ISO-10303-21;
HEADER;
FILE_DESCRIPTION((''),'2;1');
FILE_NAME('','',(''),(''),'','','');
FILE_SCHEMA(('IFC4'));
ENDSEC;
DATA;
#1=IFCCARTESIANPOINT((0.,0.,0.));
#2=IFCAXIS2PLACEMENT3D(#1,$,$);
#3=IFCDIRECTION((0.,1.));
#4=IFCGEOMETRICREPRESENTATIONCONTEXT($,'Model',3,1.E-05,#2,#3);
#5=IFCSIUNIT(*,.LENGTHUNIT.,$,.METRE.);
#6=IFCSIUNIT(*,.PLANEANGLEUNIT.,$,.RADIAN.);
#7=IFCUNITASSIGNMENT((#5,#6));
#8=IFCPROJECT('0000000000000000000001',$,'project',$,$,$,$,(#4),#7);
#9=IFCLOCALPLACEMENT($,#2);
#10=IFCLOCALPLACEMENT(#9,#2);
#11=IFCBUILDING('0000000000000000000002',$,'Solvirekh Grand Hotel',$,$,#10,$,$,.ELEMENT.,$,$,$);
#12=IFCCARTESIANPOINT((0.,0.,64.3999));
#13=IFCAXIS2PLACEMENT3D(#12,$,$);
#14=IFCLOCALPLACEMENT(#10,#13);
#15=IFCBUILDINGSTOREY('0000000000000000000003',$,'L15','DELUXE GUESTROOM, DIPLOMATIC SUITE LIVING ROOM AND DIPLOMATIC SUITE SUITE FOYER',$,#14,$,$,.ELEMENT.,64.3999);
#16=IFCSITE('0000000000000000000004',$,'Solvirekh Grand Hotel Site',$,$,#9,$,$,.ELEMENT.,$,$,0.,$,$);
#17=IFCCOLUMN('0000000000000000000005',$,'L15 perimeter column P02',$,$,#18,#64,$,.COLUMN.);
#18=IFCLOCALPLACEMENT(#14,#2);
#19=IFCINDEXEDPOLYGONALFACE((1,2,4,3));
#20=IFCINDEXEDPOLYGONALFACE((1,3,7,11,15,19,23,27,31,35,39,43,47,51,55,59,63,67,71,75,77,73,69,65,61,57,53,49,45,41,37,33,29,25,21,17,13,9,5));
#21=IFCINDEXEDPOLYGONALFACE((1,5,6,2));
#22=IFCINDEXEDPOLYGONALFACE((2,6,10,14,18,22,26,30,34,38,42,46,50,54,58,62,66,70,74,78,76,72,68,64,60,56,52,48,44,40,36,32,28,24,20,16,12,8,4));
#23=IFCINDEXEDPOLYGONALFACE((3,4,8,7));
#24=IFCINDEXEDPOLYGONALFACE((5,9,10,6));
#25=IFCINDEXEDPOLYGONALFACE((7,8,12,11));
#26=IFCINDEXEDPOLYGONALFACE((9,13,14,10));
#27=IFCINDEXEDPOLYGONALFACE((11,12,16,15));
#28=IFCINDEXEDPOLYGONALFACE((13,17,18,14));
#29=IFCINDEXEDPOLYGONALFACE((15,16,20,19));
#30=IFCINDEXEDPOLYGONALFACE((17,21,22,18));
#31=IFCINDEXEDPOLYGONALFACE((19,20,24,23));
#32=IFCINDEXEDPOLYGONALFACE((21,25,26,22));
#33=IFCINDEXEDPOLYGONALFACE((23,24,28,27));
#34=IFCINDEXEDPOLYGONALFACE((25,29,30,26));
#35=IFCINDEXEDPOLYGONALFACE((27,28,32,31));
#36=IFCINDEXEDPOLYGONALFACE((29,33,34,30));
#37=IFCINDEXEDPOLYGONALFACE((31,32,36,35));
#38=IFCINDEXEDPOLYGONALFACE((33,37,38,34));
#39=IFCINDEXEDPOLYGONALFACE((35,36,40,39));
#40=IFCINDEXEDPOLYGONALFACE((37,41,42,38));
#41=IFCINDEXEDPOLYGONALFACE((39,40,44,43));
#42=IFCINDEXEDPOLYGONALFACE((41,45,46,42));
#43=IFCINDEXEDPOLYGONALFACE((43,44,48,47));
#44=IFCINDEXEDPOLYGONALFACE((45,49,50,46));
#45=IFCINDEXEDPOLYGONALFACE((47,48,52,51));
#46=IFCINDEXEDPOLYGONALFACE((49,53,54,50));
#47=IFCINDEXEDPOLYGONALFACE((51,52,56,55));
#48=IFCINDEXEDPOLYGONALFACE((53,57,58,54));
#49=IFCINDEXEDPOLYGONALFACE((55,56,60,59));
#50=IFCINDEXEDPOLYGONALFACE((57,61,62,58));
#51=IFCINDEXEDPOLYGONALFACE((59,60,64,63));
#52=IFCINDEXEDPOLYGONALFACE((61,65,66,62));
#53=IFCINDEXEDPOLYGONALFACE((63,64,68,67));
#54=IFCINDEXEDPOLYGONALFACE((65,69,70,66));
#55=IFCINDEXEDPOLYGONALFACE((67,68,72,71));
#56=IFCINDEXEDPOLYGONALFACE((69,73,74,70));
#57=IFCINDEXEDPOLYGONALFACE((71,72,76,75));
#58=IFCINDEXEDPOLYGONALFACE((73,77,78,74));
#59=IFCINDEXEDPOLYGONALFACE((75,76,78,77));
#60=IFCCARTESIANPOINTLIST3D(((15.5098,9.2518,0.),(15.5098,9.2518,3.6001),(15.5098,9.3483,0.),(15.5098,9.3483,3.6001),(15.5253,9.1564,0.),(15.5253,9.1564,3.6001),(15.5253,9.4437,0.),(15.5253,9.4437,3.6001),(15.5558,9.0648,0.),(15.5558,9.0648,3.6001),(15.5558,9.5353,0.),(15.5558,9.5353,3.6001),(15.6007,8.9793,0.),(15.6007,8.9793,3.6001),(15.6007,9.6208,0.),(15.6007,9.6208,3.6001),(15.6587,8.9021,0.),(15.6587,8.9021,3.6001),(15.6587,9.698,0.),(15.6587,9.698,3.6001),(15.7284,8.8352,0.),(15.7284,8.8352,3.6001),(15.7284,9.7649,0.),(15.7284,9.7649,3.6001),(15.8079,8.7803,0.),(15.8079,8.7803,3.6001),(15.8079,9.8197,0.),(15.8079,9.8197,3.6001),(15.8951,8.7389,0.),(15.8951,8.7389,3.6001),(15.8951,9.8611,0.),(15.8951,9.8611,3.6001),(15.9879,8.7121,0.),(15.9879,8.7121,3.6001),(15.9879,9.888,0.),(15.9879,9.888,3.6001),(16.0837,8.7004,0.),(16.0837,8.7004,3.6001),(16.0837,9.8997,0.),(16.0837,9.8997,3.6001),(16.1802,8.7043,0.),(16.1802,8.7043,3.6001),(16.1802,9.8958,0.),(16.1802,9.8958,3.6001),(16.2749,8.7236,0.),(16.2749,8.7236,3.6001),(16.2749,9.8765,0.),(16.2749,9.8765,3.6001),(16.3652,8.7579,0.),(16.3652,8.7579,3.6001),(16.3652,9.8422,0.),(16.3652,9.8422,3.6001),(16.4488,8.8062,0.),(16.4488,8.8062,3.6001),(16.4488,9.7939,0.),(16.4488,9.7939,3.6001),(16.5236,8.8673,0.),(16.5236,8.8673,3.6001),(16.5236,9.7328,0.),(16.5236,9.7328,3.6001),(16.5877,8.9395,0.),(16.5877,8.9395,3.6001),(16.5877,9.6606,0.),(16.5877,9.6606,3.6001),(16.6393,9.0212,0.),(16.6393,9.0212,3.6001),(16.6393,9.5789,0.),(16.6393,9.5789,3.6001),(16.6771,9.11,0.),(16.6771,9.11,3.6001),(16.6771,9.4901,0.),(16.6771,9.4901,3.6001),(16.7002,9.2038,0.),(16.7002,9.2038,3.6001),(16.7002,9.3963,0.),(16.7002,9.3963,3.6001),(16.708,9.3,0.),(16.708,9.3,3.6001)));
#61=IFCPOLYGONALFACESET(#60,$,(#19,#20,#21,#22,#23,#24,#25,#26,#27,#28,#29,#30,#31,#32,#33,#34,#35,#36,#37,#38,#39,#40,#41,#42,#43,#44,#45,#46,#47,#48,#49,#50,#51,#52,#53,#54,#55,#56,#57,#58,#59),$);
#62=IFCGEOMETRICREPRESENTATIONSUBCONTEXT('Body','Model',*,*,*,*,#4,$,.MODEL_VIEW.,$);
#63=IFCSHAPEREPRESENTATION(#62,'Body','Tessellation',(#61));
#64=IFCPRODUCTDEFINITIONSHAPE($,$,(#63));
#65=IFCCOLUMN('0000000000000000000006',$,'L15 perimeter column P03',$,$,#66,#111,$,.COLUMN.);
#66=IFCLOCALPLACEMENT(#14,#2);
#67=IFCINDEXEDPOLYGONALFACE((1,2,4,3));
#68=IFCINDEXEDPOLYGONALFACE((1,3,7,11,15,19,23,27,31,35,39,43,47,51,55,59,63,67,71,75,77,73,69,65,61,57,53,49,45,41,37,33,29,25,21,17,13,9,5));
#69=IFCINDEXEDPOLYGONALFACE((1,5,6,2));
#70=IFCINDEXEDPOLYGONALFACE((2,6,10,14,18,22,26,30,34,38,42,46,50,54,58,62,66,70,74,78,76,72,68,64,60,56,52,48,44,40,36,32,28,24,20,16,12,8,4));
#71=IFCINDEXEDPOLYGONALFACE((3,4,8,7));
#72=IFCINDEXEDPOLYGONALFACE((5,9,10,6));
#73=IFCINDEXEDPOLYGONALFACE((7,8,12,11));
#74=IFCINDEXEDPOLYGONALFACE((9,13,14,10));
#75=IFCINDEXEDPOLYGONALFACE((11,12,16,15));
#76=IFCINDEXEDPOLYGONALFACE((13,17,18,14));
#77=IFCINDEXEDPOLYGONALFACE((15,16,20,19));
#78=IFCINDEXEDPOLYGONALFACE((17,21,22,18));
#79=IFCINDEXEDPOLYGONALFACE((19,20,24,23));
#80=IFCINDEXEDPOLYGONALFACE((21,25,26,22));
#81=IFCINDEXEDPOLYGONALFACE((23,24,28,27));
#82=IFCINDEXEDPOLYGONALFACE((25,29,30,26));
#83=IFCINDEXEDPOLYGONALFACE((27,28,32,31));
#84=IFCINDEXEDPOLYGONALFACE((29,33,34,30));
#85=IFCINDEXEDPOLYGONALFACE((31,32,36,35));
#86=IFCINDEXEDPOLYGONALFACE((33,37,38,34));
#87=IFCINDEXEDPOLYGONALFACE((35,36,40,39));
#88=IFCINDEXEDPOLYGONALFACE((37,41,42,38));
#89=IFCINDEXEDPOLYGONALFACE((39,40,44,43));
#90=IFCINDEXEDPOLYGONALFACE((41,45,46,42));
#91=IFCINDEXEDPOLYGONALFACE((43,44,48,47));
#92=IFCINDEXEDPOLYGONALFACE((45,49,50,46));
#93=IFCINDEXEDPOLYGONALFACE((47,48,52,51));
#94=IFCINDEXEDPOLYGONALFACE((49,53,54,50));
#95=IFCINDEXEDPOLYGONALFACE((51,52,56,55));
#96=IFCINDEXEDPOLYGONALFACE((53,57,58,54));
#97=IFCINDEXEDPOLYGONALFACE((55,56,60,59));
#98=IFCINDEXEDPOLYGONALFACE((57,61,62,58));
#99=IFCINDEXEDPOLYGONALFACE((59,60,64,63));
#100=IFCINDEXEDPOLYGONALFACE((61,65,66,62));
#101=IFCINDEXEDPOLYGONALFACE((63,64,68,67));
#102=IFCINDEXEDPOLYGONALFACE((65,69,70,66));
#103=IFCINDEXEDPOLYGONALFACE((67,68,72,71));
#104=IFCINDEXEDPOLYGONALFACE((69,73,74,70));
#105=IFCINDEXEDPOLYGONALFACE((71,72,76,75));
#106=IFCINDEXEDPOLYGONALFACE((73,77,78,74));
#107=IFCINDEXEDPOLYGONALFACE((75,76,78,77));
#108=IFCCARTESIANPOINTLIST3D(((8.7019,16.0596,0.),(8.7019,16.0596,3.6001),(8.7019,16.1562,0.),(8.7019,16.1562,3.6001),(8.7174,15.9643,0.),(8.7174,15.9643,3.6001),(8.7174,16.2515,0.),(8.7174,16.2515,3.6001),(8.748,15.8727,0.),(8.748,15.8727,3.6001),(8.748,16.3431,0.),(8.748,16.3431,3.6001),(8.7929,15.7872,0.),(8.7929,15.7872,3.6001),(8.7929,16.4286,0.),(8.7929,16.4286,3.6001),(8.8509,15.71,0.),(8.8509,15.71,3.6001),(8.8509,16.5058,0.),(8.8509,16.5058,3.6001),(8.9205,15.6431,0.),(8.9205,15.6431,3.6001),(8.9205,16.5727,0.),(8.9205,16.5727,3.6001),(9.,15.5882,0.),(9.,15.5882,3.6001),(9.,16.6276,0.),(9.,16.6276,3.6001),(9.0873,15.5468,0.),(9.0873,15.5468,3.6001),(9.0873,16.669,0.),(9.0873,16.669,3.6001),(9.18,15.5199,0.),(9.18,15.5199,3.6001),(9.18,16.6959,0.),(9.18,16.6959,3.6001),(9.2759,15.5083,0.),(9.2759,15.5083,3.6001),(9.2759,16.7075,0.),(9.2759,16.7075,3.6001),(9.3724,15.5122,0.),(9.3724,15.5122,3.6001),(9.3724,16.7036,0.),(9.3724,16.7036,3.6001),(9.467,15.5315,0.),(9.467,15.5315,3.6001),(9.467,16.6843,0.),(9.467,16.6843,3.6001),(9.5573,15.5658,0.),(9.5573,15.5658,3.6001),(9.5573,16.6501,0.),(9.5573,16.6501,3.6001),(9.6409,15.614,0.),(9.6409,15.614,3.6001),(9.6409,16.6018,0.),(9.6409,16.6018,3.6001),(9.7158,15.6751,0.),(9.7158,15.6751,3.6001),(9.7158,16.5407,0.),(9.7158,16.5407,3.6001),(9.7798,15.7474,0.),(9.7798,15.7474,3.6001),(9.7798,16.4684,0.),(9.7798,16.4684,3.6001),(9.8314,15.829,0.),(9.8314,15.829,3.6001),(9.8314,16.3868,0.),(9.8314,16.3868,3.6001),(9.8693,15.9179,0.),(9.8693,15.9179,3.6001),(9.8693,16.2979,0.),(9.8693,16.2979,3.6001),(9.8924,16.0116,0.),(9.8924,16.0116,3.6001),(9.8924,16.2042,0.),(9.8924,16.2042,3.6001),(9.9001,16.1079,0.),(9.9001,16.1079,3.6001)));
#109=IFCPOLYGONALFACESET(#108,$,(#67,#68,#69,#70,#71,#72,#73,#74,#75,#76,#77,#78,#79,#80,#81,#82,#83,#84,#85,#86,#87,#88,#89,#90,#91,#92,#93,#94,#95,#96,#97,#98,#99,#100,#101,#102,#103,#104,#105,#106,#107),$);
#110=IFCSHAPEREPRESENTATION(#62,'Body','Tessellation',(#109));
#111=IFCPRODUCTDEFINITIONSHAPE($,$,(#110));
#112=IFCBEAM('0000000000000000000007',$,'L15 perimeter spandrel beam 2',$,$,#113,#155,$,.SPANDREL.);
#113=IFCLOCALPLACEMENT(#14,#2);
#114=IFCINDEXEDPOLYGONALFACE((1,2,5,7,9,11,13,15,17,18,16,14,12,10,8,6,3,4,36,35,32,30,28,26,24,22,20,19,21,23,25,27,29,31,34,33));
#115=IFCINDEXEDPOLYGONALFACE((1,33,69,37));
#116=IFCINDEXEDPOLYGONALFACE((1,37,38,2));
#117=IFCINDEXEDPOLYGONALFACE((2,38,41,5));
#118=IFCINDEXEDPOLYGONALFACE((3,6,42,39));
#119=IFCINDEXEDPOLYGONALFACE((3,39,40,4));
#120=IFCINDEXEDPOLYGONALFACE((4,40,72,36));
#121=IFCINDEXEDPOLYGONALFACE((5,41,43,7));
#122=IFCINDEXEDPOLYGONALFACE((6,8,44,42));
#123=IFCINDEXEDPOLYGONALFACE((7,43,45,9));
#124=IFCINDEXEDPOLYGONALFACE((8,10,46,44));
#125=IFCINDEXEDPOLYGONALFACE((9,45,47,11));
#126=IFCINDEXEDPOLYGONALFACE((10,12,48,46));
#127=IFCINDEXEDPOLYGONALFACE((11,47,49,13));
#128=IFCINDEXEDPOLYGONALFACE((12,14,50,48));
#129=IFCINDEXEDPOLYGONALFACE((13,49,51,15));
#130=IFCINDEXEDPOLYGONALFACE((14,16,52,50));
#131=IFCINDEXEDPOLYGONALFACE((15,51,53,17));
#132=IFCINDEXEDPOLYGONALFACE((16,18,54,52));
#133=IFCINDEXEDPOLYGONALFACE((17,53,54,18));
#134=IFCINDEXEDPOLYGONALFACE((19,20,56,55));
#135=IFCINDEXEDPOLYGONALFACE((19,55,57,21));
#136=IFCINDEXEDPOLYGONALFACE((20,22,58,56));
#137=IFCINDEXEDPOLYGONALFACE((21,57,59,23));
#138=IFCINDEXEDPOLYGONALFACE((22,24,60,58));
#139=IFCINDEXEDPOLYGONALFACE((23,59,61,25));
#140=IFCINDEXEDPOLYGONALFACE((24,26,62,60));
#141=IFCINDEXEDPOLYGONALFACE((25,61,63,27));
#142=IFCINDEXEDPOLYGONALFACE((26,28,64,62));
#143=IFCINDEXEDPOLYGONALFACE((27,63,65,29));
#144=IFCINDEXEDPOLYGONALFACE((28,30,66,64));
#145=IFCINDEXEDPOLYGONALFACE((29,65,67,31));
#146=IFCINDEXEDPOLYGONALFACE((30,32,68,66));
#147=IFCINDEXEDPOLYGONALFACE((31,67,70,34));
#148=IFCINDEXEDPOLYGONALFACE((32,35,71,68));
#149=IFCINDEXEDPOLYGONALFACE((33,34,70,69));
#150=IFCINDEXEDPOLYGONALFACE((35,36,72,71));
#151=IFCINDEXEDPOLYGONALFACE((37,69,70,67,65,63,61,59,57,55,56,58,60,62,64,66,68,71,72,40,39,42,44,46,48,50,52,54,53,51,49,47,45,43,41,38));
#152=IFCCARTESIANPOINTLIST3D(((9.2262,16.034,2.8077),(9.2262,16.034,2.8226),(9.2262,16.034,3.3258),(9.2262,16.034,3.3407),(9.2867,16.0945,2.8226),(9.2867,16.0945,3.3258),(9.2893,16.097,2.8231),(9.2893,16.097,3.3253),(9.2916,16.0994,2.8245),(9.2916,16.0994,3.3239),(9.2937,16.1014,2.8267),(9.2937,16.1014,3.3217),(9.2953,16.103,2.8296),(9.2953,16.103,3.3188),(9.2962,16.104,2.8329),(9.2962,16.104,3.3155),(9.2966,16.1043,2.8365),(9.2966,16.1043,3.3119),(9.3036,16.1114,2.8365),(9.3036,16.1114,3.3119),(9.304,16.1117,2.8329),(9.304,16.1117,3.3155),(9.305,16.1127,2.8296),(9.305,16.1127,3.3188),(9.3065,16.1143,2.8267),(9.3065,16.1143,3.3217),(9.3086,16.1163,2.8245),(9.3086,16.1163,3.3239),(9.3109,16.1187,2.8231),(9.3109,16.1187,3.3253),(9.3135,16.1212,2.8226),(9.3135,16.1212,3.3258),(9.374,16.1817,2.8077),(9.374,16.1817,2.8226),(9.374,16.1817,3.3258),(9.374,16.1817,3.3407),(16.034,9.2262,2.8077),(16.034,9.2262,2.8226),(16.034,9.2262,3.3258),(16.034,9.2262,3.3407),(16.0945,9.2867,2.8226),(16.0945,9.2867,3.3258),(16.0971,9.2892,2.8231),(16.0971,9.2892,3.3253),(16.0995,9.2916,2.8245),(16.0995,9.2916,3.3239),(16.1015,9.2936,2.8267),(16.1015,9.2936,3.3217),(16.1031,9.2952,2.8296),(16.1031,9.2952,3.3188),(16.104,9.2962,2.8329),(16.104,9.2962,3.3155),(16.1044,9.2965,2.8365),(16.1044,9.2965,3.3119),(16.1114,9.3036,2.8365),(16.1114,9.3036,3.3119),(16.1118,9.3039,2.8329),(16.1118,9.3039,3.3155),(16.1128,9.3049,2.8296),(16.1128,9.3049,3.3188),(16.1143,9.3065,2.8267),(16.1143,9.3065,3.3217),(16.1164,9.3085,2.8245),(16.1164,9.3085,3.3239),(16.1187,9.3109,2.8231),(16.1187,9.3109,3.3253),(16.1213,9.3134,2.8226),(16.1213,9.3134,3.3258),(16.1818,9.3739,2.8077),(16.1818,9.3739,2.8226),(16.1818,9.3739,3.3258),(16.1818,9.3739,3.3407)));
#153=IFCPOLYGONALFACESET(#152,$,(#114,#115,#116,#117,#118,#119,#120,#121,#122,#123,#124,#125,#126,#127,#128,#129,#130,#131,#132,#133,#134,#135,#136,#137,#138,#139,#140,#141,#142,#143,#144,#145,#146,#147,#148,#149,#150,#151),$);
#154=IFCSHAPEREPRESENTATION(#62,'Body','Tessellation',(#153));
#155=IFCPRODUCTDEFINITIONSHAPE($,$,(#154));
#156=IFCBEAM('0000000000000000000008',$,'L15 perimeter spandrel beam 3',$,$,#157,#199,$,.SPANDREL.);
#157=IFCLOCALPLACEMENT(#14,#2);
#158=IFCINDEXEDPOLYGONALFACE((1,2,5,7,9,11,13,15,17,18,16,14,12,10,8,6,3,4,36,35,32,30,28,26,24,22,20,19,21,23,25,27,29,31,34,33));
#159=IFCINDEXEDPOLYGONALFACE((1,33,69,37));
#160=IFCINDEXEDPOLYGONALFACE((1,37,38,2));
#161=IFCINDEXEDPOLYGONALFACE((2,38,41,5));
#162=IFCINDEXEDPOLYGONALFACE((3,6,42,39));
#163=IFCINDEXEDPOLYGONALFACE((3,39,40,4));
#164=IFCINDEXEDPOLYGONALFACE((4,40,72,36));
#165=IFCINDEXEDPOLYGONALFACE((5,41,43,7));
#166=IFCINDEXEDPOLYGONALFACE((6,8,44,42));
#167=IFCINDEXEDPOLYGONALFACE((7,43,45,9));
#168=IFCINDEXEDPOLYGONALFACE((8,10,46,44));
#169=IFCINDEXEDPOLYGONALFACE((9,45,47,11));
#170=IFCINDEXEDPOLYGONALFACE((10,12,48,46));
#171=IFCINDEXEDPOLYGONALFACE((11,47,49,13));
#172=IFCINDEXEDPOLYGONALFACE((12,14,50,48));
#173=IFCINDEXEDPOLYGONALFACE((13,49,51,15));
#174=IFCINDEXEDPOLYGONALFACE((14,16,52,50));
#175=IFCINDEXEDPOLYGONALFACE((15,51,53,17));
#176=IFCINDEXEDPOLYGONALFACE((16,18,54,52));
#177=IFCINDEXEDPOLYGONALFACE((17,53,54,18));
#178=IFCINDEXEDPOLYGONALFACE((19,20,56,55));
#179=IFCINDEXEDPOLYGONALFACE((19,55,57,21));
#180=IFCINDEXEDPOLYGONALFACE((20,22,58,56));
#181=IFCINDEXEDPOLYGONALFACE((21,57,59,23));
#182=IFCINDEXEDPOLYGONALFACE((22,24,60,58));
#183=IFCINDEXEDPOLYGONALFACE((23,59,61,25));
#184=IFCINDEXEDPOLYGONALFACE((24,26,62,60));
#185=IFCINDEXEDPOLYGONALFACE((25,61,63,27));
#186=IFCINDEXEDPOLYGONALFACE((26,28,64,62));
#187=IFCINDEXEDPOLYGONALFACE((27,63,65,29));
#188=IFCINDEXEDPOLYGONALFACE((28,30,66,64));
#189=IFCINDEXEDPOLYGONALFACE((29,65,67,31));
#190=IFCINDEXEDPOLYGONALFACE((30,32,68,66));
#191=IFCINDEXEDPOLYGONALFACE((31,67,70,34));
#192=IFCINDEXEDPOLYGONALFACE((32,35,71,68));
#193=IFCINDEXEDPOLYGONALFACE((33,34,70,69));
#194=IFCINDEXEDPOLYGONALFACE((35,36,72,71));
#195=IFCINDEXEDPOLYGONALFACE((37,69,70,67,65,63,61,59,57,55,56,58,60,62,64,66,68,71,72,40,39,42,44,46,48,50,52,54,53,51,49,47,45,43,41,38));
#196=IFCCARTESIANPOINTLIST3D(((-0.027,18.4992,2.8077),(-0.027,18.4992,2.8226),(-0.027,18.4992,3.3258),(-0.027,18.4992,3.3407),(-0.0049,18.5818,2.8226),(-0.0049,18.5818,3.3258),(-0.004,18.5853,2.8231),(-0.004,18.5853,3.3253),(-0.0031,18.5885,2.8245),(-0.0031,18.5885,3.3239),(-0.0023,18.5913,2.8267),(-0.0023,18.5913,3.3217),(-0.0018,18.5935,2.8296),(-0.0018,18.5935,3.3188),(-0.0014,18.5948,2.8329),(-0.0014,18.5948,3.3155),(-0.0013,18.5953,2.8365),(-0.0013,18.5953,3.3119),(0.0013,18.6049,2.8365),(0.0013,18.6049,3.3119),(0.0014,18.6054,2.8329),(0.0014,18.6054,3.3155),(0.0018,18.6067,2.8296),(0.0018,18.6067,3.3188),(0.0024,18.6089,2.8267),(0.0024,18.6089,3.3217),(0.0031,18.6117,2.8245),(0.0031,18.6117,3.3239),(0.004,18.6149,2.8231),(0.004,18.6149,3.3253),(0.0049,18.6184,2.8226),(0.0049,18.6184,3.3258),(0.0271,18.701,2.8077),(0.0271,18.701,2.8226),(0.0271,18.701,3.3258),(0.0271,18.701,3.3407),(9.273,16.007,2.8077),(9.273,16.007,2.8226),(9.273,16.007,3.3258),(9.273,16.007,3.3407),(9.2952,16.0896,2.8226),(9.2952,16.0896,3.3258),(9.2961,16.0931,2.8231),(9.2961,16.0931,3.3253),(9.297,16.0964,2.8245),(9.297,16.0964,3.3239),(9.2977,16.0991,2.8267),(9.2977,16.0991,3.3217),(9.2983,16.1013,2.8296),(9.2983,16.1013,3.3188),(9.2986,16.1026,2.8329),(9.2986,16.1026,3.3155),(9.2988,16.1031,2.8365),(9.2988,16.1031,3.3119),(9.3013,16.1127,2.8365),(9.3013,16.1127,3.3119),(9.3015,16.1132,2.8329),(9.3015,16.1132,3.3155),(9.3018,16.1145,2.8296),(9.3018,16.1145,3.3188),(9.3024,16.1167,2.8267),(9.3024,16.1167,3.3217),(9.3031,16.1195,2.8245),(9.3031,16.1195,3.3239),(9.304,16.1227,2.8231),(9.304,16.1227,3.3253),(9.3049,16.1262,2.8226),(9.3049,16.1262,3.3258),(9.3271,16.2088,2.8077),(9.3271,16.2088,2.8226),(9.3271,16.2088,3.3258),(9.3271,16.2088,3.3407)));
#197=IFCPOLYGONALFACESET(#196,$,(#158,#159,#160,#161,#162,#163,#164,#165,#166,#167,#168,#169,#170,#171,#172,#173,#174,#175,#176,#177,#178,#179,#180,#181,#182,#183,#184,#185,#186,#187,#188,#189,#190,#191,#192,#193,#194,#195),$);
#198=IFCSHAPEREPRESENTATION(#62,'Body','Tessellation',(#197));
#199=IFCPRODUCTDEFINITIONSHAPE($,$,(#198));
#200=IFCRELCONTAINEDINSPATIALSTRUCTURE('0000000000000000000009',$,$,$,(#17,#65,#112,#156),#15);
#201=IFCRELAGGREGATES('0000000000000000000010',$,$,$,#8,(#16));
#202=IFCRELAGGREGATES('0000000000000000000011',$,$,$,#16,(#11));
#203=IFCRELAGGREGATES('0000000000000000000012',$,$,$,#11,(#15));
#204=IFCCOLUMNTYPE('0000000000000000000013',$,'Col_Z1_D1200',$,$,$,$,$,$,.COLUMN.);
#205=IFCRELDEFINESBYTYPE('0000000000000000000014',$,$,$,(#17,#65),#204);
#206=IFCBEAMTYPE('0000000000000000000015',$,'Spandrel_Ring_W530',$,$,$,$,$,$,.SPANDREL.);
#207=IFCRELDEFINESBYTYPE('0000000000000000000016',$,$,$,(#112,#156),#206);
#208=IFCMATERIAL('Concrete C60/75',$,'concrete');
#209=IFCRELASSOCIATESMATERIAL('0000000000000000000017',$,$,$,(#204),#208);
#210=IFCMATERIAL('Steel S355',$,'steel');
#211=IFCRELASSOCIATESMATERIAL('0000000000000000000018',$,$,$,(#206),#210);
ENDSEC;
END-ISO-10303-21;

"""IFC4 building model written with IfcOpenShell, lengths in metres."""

from ifc_helpers import new_model, si_unit, direction, frame, origin, origin_2d, place, context, subcontext, project, spatial, circle, i_section, extrude, material, material_profile, profile_set, type_object, element, save


model = new_model("IFC4")

# Units and contexts
model_context = context("Model", 3, precision=1e-05, world=origin(), true_north=direction((0.0, 1.0)))
body_context = subcontext(model_context, "Body", "Model", "MODEL_VIEW")
ifc_project = project(units=[si_unit("LENGTHUNIT", "METRE"), si_unit("PLANEANGLEUNIT", "RADIAN")], contexts=[model_context])

# Site, building, storey
site_placement = place(None, origin())
site = spatial("IfcSite", under=ifc_project, at=site_placement, Name="Solvirekh Grand Hotel Site", CompositionType="ELEMENT", RefElevation=0.0)
building_placement = place(site_placement, origin())
building = spatial("IfcBuilding", under=site, at=building_placement, Name="Solvirekh Grand Hotel", CompositionType="ELEMENT")
storey_placement = place(building_placement, frame((0.0, 0.0, 64.3999)))
storey = spatial("IfcBuildingStorey", under=building, at=storey_placement, Name="L15", Description="DELUXE GUESTROOM, DIPLOMATIC SUITE LIVING ROOM AND DIPLOMATIC SUITE SUITE FOYER", CompositionType="ELEMENT", Elevation=64.3999)

# Columns
ifc_material_1 = material(Name="Concrete C60/75", Category="concrete")
ifc_material_profile_1 = material_profile(ifc_material_1, circle(Radius=0.6001, at=origin_2d()), Name="RC CIRC D1200")
ifc_profile_set_1 = profile_set([ifc_material_profile_1], Name="Concrete C60/75")
column_type = type_object("IfcColumnType", Name="Col_Z1_D1200", PredefinedType="COLUMN", material=ifc_profile_set_1)
for number, where, z_axis, x_axis, name in (
    (1, (16.1079, 9.3, 0.0), (0.0, 0.0, 1.0), (1.0, 0.0, 0.0), "L15 perimeter column P02"),
    (2, (9.3, 16.1079, 0.0), (0.0, 0.0, 1.0), (1.0, 0.0, 0.0), "L15 perimeter column P03"),
):
    element("IfcColumn", number, at=place(storey_placement, frame(where, z_axis=z_axis, x_axis=x_axis)), inside=storey, type_object=column_type, Name=name, PredefinedType="COLUMN", context=body_context, shape_type="SweptSolid", body=[
        extrude(circle(Radius=0.6001, at=origin_2d()), origin(), (0.0, 0.0, 1.0), 3.6001),
    ])

# Beams
ifc_material_2 = material(Name="Steel S355", Category="steel")
ifc_material_profile_2 = material_profile(ifc_material_2, i_section(OverallWidth=0.209, OverallDepth=0.533, WebThickness=0.01, FlangeThickness=0.0149, FilletRadius=0.0139, at=origin_2d()), Name="W530X92")
ifc_profile_set_2 = profile_set([ifc_material_profile_2], Name="Steel S355")
beam_type = type_object("IfcBeamType", Name="Spandrel_Ring_W530", PredefinedType="SPANDREL", material=ifc_profile_set_2)
beam_1_placement = place(storey_placement, frame((16.1079, 9.3, 3.0742), z_axis=(-0.707107, 0.707107, 0.0), x_axis=(-0.707107, -0.707107, 0.0)))
element("IfcBeam", 3, at=beam_1_placement, inside=storey, type_object=beam_type, Name="L15 perimeter spandrel beam 2", PredefinedType="SPANDREL", context=body_context, shape_type="SweptSolid", body=[
    extrude(i_section(OverallWidth=0.209, OverallDepth=0.533, WebThickness=0.01, FlangeThickness=0.0149, FilletRadius=0.0139, at=origin_2d()), origin(), (0.0, 0.0, 1.0), 9.6277),
])
beam_2_placement = place(storey_placement, frame((9.3, 16.1079, 3.0742), z_axis=(-0.965919, 0.258843, 0.0), x_axis=(-0.258843, -0.965919, 0.0)))
element("IfcBeam", 4, at=beam_2_placement, inside=storey, type_object=beam_type, Name="L15 perimeter spandrel beam 3", PredefinedType="SPANDREL", context=body_context, shape_type="SweptSolid", body=[
    extrude(i_section(OverallWidth=0.209, OverallDepth=0.533, WebThickness=0.01, FlangeThickness=0.0149, FilletRadius=0.0139, at=origin_2d()), origin(), (0.0, 0.0, 1.0), 9.6282),
])

save(model, "model.ifc")
